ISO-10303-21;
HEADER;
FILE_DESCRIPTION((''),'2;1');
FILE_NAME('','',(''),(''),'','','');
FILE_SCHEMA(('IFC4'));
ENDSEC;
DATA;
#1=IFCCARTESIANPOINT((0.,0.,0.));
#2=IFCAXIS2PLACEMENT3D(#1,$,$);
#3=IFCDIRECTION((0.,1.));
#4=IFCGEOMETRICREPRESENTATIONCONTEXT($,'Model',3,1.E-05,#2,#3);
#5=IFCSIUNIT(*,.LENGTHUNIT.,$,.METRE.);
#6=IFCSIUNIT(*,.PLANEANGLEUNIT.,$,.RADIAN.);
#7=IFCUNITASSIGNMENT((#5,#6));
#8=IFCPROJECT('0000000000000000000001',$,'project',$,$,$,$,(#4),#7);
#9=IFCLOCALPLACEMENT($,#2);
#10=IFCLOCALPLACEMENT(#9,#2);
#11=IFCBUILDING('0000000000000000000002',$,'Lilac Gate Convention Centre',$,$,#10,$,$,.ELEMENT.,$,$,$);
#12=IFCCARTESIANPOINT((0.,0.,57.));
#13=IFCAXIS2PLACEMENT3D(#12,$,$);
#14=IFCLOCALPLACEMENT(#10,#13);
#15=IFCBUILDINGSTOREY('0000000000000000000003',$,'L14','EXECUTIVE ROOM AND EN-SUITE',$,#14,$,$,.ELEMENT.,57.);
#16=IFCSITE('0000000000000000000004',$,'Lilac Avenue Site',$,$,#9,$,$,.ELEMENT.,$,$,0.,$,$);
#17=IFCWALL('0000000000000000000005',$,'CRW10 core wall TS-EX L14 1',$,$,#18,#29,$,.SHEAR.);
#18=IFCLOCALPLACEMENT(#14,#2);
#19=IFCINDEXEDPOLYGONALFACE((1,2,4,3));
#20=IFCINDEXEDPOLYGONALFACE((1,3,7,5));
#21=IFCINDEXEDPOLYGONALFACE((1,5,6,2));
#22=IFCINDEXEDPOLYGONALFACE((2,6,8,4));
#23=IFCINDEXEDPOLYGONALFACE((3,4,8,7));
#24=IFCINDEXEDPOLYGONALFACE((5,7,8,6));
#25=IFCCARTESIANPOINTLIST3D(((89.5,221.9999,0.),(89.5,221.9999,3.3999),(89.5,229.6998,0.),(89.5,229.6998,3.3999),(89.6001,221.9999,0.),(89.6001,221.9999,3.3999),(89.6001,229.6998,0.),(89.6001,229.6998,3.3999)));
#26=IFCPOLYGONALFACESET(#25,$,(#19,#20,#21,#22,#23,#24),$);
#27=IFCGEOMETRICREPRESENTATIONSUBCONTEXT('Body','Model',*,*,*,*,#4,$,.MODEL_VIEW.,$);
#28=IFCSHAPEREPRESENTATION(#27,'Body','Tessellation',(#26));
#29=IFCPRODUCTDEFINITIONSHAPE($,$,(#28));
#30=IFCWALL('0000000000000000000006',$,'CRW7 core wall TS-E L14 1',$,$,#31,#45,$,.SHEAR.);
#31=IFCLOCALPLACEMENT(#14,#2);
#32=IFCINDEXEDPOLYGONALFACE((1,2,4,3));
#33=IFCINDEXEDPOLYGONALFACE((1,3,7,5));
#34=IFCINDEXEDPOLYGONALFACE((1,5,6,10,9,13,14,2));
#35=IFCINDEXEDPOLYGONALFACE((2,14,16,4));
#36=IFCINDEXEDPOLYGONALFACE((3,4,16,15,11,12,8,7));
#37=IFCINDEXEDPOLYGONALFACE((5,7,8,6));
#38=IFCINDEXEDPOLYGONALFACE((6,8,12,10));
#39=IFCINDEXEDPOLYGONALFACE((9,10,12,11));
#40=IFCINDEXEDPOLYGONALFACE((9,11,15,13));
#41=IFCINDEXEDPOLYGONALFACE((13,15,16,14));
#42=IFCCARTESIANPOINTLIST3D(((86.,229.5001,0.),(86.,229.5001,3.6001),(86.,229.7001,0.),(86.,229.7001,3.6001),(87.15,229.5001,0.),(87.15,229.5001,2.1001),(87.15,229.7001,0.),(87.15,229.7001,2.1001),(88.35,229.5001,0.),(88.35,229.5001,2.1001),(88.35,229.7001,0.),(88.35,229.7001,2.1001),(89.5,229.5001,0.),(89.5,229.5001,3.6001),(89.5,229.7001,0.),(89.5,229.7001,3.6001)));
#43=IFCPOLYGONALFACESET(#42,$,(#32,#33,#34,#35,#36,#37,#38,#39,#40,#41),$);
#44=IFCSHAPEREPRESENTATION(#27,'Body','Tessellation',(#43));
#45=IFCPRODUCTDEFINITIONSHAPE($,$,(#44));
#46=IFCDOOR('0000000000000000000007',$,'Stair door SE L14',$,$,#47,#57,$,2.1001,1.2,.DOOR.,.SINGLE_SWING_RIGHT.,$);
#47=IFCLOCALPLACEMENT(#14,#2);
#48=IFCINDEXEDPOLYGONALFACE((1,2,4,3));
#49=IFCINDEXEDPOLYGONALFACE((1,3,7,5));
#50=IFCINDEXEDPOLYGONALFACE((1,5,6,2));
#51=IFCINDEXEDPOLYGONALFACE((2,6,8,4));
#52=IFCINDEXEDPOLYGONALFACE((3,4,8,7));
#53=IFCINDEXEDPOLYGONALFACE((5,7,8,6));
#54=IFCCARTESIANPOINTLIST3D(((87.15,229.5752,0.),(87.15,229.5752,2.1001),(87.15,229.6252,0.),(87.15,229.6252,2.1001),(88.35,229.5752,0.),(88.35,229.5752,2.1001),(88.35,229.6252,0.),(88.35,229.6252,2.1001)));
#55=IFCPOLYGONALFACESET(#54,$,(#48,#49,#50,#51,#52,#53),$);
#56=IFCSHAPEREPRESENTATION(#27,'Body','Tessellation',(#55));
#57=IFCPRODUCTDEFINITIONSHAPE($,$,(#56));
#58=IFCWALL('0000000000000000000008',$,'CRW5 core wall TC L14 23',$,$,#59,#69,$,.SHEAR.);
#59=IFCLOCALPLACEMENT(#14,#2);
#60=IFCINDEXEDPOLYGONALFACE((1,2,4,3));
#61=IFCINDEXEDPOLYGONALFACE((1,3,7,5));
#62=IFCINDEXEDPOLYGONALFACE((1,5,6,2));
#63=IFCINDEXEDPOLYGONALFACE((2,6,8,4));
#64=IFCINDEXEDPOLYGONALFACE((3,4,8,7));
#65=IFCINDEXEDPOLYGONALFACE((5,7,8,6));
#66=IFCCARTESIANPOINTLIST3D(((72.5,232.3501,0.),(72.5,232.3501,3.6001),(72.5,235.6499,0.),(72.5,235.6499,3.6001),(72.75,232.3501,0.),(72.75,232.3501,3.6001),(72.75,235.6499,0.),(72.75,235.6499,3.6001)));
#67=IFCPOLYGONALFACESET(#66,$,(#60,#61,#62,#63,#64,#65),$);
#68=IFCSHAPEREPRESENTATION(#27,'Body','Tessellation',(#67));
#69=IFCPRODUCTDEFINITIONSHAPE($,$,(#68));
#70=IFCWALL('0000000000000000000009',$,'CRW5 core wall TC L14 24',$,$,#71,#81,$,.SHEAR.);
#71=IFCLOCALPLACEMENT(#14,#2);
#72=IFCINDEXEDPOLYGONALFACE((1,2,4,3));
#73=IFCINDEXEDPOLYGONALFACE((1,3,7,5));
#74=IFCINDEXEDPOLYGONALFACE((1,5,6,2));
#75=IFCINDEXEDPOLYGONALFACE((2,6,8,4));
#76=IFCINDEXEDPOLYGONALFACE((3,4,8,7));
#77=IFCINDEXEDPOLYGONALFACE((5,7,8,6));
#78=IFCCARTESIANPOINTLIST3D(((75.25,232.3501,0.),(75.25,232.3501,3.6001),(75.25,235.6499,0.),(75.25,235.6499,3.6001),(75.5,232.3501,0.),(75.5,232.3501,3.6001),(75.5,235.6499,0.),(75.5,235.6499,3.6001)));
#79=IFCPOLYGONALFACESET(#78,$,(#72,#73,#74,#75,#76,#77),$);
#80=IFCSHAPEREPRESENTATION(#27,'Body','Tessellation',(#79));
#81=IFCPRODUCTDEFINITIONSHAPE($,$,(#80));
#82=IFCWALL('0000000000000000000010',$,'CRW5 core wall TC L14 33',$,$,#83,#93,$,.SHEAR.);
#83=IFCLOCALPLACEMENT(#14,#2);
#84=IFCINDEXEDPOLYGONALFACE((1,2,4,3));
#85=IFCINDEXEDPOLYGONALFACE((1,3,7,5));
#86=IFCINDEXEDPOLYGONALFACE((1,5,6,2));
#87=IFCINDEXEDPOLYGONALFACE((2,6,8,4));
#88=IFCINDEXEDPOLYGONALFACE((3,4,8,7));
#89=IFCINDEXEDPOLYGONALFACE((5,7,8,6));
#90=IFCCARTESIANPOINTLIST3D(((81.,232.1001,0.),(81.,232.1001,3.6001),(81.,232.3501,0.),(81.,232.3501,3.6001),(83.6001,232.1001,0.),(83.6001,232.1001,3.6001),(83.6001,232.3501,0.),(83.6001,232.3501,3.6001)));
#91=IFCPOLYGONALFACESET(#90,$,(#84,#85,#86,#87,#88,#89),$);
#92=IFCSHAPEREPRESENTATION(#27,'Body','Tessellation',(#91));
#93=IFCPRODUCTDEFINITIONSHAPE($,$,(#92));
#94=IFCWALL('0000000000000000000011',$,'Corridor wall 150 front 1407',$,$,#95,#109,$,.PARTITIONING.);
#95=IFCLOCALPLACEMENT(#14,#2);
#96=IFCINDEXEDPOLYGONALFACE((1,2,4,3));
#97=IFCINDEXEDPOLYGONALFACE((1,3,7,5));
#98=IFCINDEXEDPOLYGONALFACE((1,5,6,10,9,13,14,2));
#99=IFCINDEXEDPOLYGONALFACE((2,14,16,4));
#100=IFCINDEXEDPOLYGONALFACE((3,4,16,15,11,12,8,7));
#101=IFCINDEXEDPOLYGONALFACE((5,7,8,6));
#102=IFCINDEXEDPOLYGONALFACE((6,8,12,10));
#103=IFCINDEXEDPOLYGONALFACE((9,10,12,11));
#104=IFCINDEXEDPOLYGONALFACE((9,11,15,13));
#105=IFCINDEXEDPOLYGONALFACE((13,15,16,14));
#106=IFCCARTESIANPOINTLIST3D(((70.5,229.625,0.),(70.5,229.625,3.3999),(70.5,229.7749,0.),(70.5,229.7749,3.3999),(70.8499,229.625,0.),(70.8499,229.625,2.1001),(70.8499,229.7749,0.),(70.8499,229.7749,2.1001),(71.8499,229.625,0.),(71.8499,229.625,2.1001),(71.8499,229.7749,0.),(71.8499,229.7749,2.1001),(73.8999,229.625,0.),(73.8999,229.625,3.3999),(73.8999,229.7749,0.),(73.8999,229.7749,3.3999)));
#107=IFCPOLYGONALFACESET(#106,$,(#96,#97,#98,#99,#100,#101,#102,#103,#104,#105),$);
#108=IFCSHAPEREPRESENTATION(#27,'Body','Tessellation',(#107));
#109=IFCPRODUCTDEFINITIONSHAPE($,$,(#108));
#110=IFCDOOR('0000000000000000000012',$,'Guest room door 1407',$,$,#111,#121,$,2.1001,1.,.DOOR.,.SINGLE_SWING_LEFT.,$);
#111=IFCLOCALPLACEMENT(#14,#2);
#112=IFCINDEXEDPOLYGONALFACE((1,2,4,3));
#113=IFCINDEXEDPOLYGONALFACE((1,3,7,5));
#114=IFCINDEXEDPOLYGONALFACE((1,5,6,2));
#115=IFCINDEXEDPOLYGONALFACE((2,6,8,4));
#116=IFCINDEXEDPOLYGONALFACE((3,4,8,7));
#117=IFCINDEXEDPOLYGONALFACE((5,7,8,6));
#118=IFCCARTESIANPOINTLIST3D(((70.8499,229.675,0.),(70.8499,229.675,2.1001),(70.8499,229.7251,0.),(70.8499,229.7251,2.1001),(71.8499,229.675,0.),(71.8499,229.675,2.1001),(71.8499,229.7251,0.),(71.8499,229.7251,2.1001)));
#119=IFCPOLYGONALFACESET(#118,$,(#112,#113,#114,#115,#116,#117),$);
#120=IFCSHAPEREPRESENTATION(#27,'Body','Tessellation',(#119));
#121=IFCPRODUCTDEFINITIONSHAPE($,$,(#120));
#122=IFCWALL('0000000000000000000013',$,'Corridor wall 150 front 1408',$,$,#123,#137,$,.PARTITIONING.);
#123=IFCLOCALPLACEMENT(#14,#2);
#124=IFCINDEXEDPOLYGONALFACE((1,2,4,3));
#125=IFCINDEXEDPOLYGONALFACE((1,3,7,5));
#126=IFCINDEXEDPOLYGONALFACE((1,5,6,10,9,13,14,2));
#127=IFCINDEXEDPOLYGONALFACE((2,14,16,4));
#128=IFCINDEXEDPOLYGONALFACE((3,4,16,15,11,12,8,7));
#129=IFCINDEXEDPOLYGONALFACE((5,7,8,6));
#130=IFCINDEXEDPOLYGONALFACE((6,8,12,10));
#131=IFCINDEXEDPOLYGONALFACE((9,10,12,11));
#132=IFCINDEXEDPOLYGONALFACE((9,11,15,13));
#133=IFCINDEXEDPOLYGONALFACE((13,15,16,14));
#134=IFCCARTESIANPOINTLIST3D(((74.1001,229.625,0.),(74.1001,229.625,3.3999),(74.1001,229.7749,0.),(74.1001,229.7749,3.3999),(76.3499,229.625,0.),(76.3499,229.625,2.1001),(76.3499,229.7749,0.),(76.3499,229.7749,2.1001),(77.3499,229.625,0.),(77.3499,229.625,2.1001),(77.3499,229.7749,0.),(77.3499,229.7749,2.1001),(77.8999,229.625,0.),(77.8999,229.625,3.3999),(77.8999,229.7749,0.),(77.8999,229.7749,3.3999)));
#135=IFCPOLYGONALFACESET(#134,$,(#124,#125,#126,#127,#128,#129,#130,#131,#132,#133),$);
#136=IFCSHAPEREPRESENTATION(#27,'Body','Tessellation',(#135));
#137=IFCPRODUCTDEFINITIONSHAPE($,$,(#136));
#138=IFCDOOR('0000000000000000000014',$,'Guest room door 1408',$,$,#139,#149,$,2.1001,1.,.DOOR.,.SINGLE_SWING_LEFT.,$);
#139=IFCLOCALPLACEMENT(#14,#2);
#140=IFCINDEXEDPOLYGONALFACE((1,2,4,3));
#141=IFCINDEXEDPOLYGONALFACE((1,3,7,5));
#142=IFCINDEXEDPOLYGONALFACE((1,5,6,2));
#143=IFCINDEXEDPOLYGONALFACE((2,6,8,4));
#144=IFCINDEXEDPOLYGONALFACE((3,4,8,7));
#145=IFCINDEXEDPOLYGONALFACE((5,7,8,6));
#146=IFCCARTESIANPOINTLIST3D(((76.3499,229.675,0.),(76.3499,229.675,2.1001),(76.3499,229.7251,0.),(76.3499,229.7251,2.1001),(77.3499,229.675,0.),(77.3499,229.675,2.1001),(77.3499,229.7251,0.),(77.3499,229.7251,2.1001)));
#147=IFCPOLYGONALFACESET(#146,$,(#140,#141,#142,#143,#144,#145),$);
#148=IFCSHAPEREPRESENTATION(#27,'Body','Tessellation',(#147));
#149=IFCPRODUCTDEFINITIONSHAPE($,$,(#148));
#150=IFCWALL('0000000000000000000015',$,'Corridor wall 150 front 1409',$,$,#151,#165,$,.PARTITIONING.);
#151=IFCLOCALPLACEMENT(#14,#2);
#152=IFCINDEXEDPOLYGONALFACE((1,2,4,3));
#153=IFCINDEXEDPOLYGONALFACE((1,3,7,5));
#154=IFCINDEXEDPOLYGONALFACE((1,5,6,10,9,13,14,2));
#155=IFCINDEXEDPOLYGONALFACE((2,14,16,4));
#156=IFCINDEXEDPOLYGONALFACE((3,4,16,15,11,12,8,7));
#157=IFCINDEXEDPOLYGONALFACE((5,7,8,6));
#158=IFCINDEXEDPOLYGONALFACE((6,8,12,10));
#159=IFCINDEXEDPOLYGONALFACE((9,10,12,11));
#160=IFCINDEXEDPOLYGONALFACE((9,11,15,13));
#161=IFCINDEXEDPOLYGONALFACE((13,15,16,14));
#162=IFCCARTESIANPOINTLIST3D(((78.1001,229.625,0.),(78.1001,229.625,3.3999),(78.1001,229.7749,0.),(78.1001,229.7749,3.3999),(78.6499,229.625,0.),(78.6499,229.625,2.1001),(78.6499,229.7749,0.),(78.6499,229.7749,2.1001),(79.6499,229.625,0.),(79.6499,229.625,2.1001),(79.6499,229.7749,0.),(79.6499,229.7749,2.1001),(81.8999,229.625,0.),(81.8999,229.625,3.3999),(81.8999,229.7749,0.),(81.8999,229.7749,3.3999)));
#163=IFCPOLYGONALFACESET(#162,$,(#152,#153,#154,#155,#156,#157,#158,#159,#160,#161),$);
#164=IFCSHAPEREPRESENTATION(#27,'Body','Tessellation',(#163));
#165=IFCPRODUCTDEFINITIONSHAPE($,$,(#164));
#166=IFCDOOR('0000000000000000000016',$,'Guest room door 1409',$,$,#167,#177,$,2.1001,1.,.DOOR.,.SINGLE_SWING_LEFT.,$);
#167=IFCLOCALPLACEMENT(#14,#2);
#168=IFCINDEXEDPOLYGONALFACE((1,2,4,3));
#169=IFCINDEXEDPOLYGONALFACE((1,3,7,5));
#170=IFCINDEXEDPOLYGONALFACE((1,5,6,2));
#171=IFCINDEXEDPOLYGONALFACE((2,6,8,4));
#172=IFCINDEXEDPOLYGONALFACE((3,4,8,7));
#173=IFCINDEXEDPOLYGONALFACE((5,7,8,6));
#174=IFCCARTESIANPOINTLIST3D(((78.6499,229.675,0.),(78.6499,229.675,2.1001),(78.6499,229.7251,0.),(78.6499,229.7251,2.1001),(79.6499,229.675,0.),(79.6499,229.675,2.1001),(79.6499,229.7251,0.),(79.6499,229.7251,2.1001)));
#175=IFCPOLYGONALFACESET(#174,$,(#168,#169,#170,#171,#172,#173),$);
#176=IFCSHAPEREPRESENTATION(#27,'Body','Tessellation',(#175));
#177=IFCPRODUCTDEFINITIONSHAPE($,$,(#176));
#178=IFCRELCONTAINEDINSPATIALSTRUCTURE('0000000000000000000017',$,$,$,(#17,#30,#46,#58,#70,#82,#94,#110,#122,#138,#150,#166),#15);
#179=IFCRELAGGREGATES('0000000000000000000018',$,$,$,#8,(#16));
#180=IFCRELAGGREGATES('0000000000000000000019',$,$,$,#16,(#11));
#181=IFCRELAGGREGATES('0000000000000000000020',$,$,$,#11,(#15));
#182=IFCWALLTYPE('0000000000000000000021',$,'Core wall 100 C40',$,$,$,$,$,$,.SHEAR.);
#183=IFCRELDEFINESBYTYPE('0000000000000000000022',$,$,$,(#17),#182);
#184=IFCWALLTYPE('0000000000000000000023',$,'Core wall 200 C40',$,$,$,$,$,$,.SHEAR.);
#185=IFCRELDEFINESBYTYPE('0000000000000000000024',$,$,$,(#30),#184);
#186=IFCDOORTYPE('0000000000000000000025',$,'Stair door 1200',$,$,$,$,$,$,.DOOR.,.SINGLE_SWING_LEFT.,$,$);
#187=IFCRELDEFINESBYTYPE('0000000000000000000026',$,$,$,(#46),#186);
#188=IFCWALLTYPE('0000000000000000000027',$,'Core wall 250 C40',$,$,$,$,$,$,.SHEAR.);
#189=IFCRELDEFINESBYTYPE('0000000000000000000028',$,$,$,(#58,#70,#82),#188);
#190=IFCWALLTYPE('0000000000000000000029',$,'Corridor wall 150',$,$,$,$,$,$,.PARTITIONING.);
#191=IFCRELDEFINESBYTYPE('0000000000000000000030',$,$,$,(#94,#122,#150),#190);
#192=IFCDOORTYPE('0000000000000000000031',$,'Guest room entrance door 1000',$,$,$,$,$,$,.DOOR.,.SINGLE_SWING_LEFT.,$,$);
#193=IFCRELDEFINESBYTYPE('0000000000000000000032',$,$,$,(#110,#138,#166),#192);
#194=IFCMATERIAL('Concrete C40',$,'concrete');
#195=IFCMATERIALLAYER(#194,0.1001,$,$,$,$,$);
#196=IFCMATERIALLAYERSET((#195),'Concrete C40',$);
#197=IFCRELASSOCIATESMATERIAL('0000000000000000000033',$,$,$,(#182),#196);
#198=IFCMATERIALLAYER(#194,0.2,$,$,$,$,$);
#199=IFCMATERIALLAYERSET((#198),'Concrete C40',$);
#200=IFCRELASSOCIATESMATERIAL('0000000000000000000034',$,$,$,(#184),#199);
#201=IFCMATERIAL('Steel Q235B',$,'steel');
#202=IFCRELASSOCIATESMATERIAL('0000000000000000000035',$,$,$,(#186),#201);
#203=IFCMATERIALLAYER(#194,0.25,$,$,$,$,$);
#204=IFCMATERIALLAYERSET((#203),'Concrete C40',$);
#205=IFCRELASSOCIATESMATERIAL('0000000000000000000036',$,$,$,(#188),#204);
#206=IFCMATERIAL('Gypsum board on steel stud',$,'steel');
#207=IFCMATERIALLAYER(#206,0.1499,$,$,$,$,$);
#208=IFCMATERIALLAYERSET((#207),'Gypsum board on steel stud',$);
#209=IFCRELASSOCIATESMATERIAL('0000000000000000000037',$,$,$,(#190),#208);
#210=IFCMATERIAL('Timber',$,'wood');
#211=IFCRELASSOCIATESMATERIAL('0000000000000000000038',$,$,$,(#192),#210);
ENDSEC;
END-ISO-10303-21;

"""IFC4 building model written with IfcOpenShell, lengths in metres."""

from ifc_helpers import new_model, si_unit, direction, frame, frame_2d, origin, place, context, subcontext, project, spatial, rectangle, extrude, material, layer, layer_set, type_object, element, fill, save


model = new_model("IFC4")

# Units and contexts
model_context = context("Model", 3, precision=1e-05, world=origin(), true_north=direction((0.0, 1.0)))
body_context = subcontext(model_context, "Body", "Model", "MODEL_VIEW")
ifc_project = project(units=[si_unit("LENGTHUNIT", "METRE"), si_unit("PLANEANGLEUNIT", "RADIAN")], contexts=[model_context])

# Site, building, storey
site_placement = place(None, origin())
site = spatial("IfcSite", under=ifc_project, at=site_placement, Name="Lilac Avenue Site", CompositionType="ELEMENT", RefElevation=0.0)
building_placement = place(site_placement, origin())
building = spatial("IfcBuilding", under=site, at=building_placement, Name="Lilac Gate Convention Centre", CompositionType="ELEMENT")
storey_placement = place(building_placement, frame((0.0, 0.0, 57.0)))
storey = spatial("IfcBuildingStorey", under=building, at=storey_placement, Name="L14", Description="EXECUTIVE ROOM AND EN-SUITE", CompositionType="ELEMENT", Elevation=57.0)

# Wall
ifc_material_1 = material(Name="Concrete C40", Category="concrete")
ifc_layer_1 = layer(ifc_material_1, 0.1001)
ifc_layer_set_1 = layer_set([ifc_layer_1], Name="Concrete C40")
wall_type_1 = type_object("IfcWallType", Name="Core wall 100 C40", PredefinedType="SHEAR", material=ifc_layer_set_1)
wall_1_placement = place(storey_placement, frame((89.55, 229.7, 0.0), z_axis=(0.0, 0.0, 1.0), x_axis=(0.0, -1.0, 0.0)))
element("IfcWall", 1, at=wall_1_placement, inside=storey, type_object=wall_type_1, Name="CRW10 core wall TS-EX L14 1", PredefinedType="SHEAR", context=body_context, shape_type="SweptSolid", body=[
    extrude(rectangle(XDim=7.7, YDim=0.1001, at=frame_2d((3.8501, 0.0))), origin(), (0.0, 0.0, 1.0), 3.3999),
])

# Wall, opening, door
ifc_layer_2 = layer(ifc_material_1, 0.2)
ifc_layer_set_2 = layer_set([ifc_layer_2], Name="Concrete C40")
wall_type_2 = type_object("IfcWallType", Name="Core wall 200 C40", PredefinedType="SHEAR", material=ifc_layer_set_2)
wall_2_placement = place(storey_placement, frame((89.5, 229.6001, 0.0), z_axis=(0.0, 0.0, 1.0), x_axis=(-1.0, 0.0, 0.0)))
wall_2 = element("IfcWall", 2, at=wall_2_placement, inside=storey, type_object=wall_type_2, Name="CRW7 core wall TS-E L14 1", PredefinedType="SHEAR", context=body_context, shape_type="SweptSolid", body=[
    extrude(rectangle(XDim=3.5, YDim=0.2, at=frame_2d((1.75, 0.0))), origin(), (0.0, 0.0, 1.0), 3.6001),
])
opening_1_placement = place(wall_2_placement, frame((1.1499, 0.0, 0.0)))
opening_1 = element("IfcOpeningElement", 3, at=opening_1_placement, cuts=wall_2, PredefinedType="OPENING", context=body_context, shape_type="SweptSolid", body=[
    extrude(rectangle(XDim=1.2, YDim=2.1001, at=frame_2d((0.6001, 1.05))), frame((0.0, 0.1099, 0.0), z_axis=(0.0, -1.0, 0.0), x_axis=(1.0, 0.0, 0.0)), (0.0, 0.0, 1.0), 0.22),
])
ifc_material_2 = material(Name="Steel Q235B", Category="steel")
door_type_1 = type_object("IfcDoorType", Name="Stair door 1200", OperationType="SINGLE_SWING_LEFT", PredefinedType="DOOR", material=ifc_material_2)
door_1_placement = place(opening_1_placement, origin())
door_1 = element("IfcDoor", 4, at=door_1_placement, inside=storey, type_object=door_type_1, Name="Stair door SE L14", OperationType="SINGLE_SWING_RIGHT", OverallHeight=2.1001, OverallWidth=1.2, PredefinedType="DOOR", context=body_context, shape_type="SweptSolid", body=[
    extrude(rectangle(XDim=1.2, YDim=2.1001, at=frame_2d((0.6001, 1.05))), frame((0.0, 0.0249, 0.0), z_axis=(0.0, -1.0, 0.0), x_axis=(1.0, 0.0, 0.0)), (0.0, 0.0, 1.0), 0.05),
])
fill(opening_1, door_1)

# Walls
ifc_layer_3 = layer(ifc_material_1, 0.25)
ifc_layer_set_3 = layer_set([ifc_layer_3], Name="Concrete C40")
wall_type_3 = type_object("IfcWallType", Name="Core wall 250 C40", PredefinedType="SHEAR", material=ifc_layer_set_3)
for number, where, z_axis, x_axis, name in (
    (5, (72.625, 232.3501, 0.0), (0.0, 0.0, 1.0), (0.0, 1.0, 0.0), "CRW5 core wall TC L14 23"),
    (6, (75.375, 232.3501, 0.0), (0.0, 0.0, 1.0), (0.0, 1.0, 0.0), "CRW5 core wall TC L14 24"),
):
    element("IfcWall", number, at=place(storey_placement, frame(where, z_axis=z_axis, x_axis=x_axis)), inside=storey, type_object=wall_type_3, Name=name, PredefinedType="SHEAR", context=body_context, shape_type="SweptSolid", body=[
        extrude(rectangle(XDim=3.2998, YDim=0.25, at=frame_2d((1.6499, 0.0))), origin(), (0.0, 0.0, 1.0), 3.6001),
    ])
wall_3_placement = place(storey_placement, frame((81.0, 232.2251, 0.0), z_axis=(0.0, 0.0, 1.0), x_axis=(1.0, 0.0, 0.0)))
element("IfcWall", 7, at=wall_3_placement, inside=storey, type_object=wall_type_3, Name="CRW5 core wall TC L14 33", PredefinedType="SHEAR", context=body_context, shape_type="SweptSolid", body=[
    extrude(rectangle(XDim=2.6001, YDim=0.25, at=frame_2d((1.3, 0.0))), origin(), (0.0, 0.0, 1.0), 3.6001),
])

# Walls, openings, doors
ifc_material_3 = material(Name="Gypsum board on steel stud", Category="steel")
ifc_layer_4 = layer(ifc_material_3, 0.1499)
ifc_layer_set_4 = layer_set([ifc_layer_4], Name="Gypsum board on steel stud")
wall_type_4 = type_object("IfcWallType", Name="Corridor wall 150", PredefinedType="PARTITIONING", material=ifc_layer_set_4)
wall_4_placement = place(storey_placement, frame((73.8999, 229.7, 0.0), z_axis=(0.0, 0.0, 1.0), x_axis=(-1.0, 0.0, 0.0)))
wall_4 = element("IfcWall", 8, at=wall_4_placement, inside=storey, type_object=wall_type_4, Name="Corridor wall 150 front 1407", PredefinedType="PARTITIONING", context=body_context, shape_type="SweptSolid", body=[
    extrude(rectangle(XDim=3.3999, YDim=0.1499, at=frame_2d((1.7, 0.0))), origin(), (0.0, 0.0, 1.0), 3.3999),
])
opening_2_placement = place(wall_4_placement, frame((2.05, 0.0, 0.0)))
opening_2 = element("IfcOpeningElement", 9, at=opening_2_placement, cuts=wall_4, PredefinedType="OPENING", context=body_context, shape_type="SweptSolid", body=[
    extrude(rectangle(XDim=1.0, YDim=2.1001, at=frame_2d((0.5, 1.05))), frame((0.0, 0.085, 0.0), z_axis=(0.0, -1.0, 0.0), x_axis=(1.0, 0.0, 0.0)), (0.0, 0.0, 1.0), 0.1699),
])
ifc_material_4 = material(Name="Timber", Category="wood")
door_type_2 = type_object("IfcDoorType", Name="Guest room entrance door 1000", OperationType="SINGLE_SWING_LEFT", PredefinedType="DOOR", material=ifc_material_4)
door_2_placement = place(opening_2_placement, origin())
door_2 = element("IfcDoor", 10, at=door_2_placement, inside=storey, type_object=door_type_2, Name="Guest room door 1407", OperationType="SINGLE_SWING_LEFT", OverallHeight=2.1001, OverallWidth=1.0, PredefinedType="DOOR", context=body_context, shape_type="SweptSolid", body=[
    extrude(rectangle(XDim=1.0, YDim=2.1001, at=frame_2d((0.5, 1.05))), frame((0.0, 0.0249, 0.0), z_axis=(0.0, -1.0, 0.0), x_axis=(1.0, 0.0, 0.0)), (0.0, 0.0, 1.0), 0.05),
])
fill(opening_2, door_2)
wall_5_placement = place(storey_placement, frame((77.8999, 229.7, 0.0), z_axis=(0.0, 0.0, 1.0), x_axis=(-1.0, 0.0, 0.0)))
wall_5 = element("IfcWall", 11, at=wall_5_placement, inside=storey, type_object=wall_type_4, Name="Corridor wall 150 front 1408", PredefinedType="PARTITIONING", context=body_context, shape_type="SweptSolid", body=[
    extrude(rectangle(XDim=3.7998, YDim=0.1499, at=frame_2d((1.8999, 0.0))), origin(), (0.0, 0.0, 1.0), 3.3999),
])
opening_3_placement = place(wall_5_placement, frame((0.55, 0.0, 0.0)))
opening_3 = element("IfcOpeningElement", 12, at=opening_3_placement, cuts=wall_5, PredefinedType="OPENING", context=body_context, shape_type="SweptSolid", body=[
    extrude(rectangle(XDim=1.0, YDim=2.1001, at=frame_2d((0.5, 1.05))), frame((0.0, 0.085, 0.0), z_axis=(0.0, -1.0, 0.0), x_axis=(1.0, 0.0, 0.0)), (0.0, 0.0, 1.0), 0.1699),
])
door_3_placement = place(opening_3_placement, origin())
door_3 = element("IfcDoor", 13, at=door_3_placement, inside=storey, type_object=door_type_2, Name="Guest room door 1408", OperationType="SINGLE_SWING_LEFT", OverallHeight=2.1001, OverallWidth=1.0, PredefinedType="DOOR", context=body_context, shape_type="SweptSolid", body=[
    extrude(rectangle(XDim=1.0, YDim=2.1001, at=frame_2d((0.5, 1.05))), frame((0.0, 0.0249, 0.0), z_axis=(0.0, -1.0, 0.0), x_axis=(1.0, 0.0, 0.0)), (0.0, 0.0, 1.0), 0.05),
])
fill(opening_3, door_3)
wall_6_placement = place(storey_placement, frame((81.8999, 229.7, 0.0), z_axis=(0.0, 0.0, 1.0), x_axis=(-1.0, 0.0, 0.0)))
wall_6 = element("IfcWall", 14, at=wall_6_placement, inside=storey, type_object=wall_type_4, Name="Corridor wall 150 front 1409", PredefinedType="PARTITIONING", context=body_context, shape_type="SweptSolid", body=[
    extrude(rectangle(XDim=3.7998, YDim=0.1499, at=frame_2d((1.8999, 0.0))), origin(), (0.0, 0.0, 1.0), 3.3999),
])
opening_4_placement = place(wall_6_placement, frame((2.25, 0.0, 0.0)))
opening_4 = element("IfcOpeningElement", 15, at=opening_4_placement, cuts=wall_6, PredefinedType="OPENING", context=body_context, shape_type="SweptSolid", body=[
    extrude(rectangle(XDim=1.0, YDim=2.1001, at=frame_2d((0.5, 1.05))), frame((0.0, 0.085, 0.0), z_axis=(0.0, -1.0, 0.0), x_axis=(1.0, 0.0, 0.0)), (0.0, 0.0, 1.0), 0.1699),
])
door_4_placement = place(opening_4_placement, origin())
door_4 = element("IfcDoor", 16, at=door_4_placement, inside=storey, type_object=door_type_2, Name="Guest room door 1409", OperationType="SINGLE_SWING_LEFT", OverallHeight=2.1001, OverallWidth=1.0, PredefinedType="DOOR", context=body_context, shape_type="SweptSolid", body=[
    extrude(rectangle(XDim=1.0, YDim=2.1001, at=frame_2d((0.5, 1.05))), frame((0.0, 0.0249, 0.0), z_axis=(0.0, -1.0, 0.0), x_axis=(1.0, 0.0, 0.0)), (0.0, 0.0, 1.0), 0.05),
])
fill(opening_4, door_4)

save(model, "model.ifc")
